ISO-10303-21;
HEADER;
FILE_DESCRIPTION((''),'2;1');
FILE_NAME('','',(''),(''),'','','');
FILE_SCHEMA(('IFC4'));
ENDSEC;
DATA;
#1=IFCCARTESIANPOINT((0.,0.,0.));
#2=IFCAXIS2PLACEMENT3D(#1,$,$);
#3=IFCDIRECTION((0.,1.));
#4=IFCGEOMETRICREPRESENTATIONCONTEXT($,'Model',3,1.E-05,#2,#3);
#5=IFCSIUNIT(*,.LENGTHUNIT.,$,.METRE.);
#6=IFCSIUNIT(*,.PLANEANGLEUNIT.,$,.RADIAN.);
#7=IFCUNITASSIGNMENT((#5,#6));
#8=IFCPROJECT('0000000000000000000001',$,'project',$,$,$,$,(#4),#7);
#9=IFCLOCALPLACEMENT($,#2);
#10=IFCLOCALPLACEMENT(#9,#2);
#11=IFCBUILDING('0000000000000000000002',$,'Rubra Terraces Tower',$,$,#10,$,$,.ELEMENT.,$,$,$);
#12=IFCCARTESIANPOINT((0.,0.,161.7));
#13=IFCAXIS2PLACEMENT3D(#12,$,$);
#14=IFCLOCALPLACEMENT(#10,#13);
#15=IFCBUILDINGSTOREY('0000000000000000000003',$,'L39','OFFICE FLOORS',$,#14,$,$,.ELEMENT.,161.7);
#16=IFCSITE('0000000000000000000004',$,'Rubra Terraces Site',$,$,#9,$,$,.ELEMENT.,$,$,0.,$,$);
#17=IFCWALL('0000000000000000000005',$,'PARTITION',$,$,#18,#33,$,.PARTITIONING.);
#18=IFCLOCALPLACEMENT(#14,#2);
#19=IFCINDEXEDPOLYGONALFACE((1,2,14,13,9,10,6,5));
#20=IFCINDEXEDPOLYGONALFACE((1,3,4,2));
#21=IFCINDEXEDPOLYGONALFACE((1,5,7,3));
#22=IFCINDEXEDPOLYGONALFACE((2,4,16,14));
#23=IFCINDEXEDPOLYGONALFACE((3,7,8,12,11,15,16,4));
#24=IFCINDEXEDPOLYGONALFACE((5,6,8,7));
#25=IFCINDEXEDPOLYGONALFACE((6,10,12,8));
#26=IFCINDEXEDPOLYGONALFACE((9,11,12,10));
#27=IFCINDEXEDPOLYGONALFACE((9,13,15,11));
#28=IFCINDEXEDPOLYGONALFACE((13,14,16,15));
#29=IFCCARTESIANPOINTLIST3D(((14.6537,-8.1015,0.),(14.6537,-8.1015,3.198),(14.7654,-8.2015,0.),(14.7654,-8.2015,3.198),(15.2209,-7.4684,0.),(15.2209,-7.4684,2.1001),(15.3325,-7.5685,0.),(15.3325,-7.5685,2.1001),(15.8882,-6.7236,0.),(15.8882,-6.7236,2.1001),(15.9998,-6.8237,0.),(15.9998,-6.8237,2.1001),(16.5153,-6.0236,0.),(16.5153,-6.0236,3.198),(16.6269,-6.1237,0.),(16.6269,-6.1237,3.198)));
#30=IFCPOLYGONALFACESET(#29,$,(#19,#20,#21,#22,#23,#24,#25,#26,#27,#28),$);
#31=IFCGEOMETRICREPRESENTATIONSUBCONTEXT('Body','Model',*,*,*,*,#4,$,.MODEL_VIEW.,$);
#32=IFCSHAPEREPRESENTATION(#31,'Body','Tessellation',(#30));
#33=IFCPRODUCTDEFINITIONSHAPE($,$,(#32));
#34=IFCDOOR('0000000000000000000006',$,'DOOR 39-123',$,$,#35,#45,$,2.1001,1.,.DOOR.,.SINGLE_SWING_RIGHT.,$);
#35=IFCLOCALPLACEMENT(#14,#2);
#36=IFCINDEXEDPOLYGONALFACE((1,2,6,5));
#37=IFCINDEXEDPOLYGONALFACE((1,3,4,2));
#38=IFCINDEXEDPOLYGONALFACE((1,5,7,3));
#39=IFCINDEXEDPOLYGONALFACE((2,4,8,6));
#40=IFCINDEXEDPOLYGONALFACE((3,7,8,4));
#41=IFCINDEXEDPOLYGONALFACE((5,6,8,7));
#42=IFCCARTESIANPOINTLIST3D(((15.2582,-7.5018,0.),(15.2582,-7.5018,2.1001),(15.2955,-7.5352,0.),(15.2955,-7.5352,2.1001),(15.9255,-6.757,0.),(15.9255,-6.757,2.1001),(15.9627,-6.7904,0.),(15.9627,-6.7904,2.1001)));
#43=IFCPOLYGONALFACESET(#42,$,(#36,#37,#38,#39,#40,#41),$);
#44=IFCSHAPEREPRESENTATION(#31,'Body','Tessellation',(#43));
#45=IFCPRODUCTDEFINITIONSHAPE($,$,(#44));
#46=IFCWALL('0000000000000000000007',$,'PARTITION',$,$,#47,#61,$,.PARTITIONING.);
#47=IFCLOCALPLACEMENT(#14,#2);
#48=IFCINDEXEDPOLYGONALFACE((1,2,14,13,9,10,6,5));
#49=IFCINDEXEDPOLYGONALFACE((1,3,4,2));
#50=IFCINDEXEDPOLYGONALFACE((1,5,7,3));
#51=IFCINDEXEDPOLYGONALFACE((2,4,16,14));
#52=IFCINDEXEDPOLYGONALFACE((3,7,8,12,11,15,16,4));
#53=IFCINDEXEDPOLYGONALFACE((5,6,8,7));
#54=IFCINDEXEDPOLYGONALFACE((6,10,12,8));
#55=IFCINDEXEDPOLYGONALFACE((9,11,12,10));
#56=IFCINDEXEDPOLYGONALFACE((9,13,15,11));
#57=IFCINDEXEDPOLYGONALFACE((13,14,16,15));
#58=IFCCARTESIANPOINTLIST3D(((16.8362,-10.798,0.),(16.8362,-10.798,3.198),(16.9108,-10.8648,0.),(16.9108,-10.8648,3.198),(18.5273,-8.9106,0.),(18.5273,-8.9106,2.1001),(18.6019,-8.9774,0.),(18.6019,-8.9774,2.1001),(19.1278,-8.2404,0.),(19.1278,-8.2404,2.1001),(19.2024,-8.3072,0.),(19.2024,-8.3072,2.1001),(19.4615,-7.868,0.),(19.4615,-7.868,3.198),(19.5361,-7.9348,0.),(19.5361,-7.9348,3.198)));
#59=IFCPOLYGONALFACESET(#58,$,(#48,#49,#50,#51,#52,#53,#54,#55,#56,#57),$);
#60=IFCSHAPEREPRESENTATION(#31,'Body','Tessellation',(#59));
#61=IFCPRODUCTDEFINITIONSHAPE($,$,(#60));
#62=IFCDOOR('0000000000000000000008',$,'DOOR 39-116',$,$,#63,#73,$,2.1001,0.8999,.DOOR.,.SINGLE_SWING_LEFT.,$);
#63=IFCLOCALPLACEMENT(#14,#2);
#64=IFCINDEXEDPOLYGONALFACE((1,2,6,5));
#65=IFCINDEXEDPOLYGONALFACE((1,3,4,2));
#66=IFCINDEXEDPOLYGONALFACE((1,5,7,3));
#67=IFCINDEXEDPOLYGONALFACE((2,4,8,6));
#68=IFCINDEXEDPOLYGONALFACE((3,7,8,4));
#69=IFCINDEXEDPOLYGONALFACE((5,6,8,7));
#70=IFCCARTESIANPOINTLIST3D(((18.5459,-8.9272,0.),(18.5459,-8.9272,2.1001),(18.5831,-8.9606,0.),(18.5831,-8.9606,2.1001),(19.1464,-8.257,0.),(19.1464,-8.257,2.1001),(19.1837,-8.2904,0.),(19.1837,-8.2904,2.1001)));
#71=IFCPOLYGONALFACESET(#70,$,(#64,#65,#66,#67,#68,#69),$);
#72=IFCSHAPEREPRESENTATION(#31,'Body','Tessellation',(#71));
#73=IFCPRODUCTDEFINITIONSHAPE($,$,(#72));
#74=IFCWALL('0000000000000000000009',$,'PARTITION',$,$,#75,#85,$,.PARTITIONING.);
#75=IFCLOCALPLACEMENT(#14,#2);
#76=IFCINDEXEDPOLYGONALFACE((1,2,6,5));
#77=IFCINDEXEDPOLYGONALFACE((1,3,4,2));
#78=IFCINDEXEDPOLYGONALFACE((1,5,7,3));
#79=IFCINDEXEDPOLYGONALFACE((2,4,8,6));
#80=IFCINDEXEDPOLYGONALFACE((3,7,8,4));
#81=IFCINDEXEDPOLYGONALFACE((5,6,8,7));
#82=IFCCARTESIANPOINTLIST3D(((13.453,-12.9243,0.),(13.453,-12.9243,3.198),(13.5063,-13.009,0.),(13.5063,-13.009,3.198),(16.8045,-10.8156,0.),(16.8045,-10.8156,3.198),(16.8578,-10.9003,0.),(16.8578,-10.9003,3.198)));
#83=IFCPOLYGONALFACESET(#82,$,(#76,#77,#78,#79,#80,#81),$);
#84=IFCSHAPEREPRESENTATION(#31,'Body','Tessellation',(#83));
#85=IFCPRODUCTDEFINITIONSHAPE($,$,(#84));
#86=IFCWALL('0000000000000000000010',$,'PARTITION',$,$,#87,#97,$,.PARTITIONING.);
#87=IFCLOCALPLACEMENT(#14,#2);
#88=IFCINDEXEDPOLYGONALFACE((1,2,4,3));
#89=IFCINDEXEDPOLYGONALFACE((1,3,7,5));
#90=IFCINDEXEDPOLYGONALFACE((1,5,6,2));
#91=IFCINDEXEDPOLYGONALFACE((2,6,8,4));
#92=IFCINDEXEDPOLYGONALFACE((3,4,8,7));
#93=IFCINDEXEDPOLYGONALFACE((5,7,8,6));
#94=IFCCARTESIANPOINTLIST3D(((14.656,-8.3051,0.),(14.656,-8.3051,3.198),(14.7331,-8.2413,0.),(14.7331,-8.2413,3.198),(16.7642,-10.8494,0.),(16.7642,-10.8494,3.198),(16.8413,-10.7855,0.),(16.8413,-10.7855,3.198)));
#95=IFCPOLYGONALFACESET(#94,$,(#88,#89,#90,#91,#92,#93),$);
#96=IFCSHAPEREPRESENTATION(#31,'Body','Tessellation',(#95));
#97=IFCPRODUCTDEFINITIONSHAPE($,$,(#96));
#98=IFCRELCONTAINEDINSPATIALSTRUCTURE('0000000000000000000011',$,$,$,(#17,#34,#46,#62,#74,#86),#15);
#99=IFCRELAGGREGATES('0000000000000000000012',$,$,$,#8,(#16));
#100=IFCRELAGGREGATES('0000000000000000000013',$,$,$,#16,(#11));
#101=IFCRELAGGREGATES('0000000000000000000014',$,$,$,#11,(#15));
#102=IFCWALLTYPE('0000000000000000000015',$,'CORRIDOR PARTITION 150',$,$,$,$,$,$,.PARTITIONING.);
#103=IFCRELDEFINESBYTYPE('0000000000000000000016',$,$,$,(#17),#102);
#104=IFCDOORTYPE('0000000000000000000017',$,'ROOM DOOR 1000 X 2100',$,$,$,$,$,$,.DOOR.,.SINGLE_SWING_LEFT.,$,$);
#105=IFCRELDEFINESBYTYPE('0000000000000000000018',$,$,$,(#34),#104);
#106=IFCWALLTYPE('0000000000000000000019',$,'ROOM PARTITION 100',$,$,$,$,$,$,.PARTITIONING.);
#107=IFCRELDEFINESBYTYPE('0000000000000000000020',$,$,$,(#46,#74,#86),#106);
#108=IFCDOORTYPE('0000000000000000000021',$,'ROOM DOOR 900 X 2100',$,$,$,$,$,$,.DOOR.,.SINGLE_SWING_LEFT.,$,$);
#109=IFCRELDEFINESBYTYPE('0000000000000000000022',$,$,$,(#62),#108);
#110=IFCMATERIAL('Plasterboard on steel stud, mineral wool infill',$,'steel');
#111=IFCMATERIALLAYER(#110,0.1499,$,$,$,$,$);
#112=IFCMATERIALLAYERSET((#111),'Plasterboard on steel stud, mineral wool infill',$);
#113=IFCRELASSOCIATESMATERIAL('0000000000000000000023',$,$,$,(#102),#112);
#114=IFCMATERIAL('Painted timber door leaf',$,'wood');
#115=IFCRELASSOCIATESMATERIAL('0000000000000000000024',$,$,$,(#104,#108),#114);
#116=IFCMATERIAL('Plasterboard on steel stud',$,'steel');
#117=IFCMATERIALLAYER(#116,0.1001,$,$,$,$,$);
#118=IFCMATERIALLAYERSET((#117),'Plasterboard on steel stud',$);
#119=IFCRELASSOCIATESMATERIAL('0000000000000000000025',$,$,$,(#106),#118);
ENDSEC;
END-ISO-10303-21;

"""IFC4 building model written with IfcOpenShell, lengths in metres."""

from ifc_helpers import new_model, si_unit, direction, frame, frame_2d, origin, place, context, subcontext, project, spatial, rectangle, extrude, material, layer, layer_set, type_object, element, fill, save


model = new_model("IFC4")

# Units and contexts
model_context = context("Model", 3, precision=1e-05, world=origin(), true_north=direction((0.0, 1.0)))
body_context = subcontext(model_context, "Body", "Model", "MODEL_VIEW")
ifc_project = project(units=[si_unit("LENGTHUNIT", "METRE"), si_unit("PLANEANGLEUNIT", "RADIAN")], contexts=[model_context])

# Site, building, storey
site_placement = place(None, origin())
site = spatial("IfcSite", under=ifc_project, at=site_placement, Name="Rubra Terraces Site", CompositionType="ELEMENT", RefElevation=0.0)
building_placement = place(site_placement, origin())
building = spatial("IfcBuilding", under=site, at=building_placement, Name="Rubra Terraces Tower", CompositionType="ELEMENT")
storey_placement = place(building_placement, frame((0.0, 0.0, 161.7)))
storey = spatial("IfcBuildingStorey", under=building, at=storey_placement, Name="L39", Description="OFFICE FLOORS", CompositionType="ELEMENT", Elevation=161.7)

# Walls, openings, doors
ifc_material_1 = material(Name="Plasterboard on steel stud, mineral wool infill", Category="steel")
ifc_layer_1 = layer(ifc_material_1, 0.1499)
ifc_layer_set_1 = layer_set([ifc_layer_1], Name="Plasterboard on steel stud, mineral wool infill")
wall_type_1 = type_object("IfcWallType", Name="CORRIDOR PARTITION 150", PredefinedType="PARTITIONING", material=ifc_layer_set_1)
wall_1_placement = place(storey_placement, frame((14.7095, -8.1516, 0.0), z_axis=(0.0, 0.0, 1.0), x_axis=(0.667276, 0.744811, 0.0)))
wall_1 = element("IfcWall", 1, at=wall_1_placement, inside=storey, type_object=wall_type_1, Name="PARTITION", PredefinedType="PARTITIONING", context=body_context, shape_type="SweptSolid", body=[
    extrude(rectangle(XDim=2.7898, YDim=0.1499, at=frame_2d((1.395, 0.0))), origin(), (0.0, 0.0, 1.0), 3.198),
])
opening_1_placement = place(wall_1_placement, frame((0.8501, 0.0, 0.0)))
opening_1 = element("IfcOpeningElement", 2, at=opening_1_placement, cuts=wall_1, PredefinedType="OPENING", context=body_context, shape_type="SweptSolid", body=[
    extrude(rectangle(XDim=1.0, YDim=2.1001, at=frame_2d((0.5, 1.05))), frame((0.0, 0.085, 0.0), z_axis=(0.0, -1.0, 0.0), x_axis=(1.0, 0.0, 0.0)), (0.0, 0.0, 1.0), 0.1699),
])
ifc_material_2 = material(Name="Painted timber door leaf", Category="wood")
door_type_1 = type_object("IfcDoorType", Name="ROOM DOOR 1000 X 2100", OperationType="SINGLE_SWING_LEFT", PredefinedType="DOOR", material=ifc_material_2)
door_1_placement = place(opening_1_placement, origin())
door_1 = element("IfcDoor", 3, at=door_1_placement, inside=storey, type_object=door_type_1, Name="DOOR 39-123", OperationType="SINGLE_SWING_RIGHT", OverallHeight=2.1001, OverallWidth=1.0, PredefinedType="DOOR", context=body_context, shape_type="SweptSolid", body=[
    extrude(rectangle(XDim=1.0, YDim=2.1001, at=frame_2d((0.5, 1.05))), frame((0.0, 0.0249, 0.0), z_axis=(0.0, -1.0, 0.0), x_axis=(1.0, 0.0, 0.0)), (0.0, 0.0, 1.0), 0.05),
])
fill(opening_1, door_1)
ifc_material_3 = material(Name="Plasterboard on steel stud", Category="steel")
ifc_layer_2 = layer(ifc_material_3, 0.1001)
ifc_layer_set_2 = layer_set([ifc_layer_2], Name="Plasterboard on steel stud")
wall_type_2 = type_object("IfcWallType", Name="ROOM PARTITION 100", PredefinedType="PARTITIONING", material=ifc_layer_set_2)
wall_2_placement = place(storey_placement, frame((19.4988, -7.9014, 0.0), z_axis=(0.0, 0.0, 1.0), x_axis=(-0.667321, -0.74477, 0.0)))
wall_2 = element("IfcWall", 4, at=wall_2_placement, inside=storey, type_object=wall_type_2, Name="PARTITION", PredefinedType="PARTITIONING", context=body_context, shape_type="SweptSolid", body=[
    extrude(rectangle(XDim=3.9341, YDim=0.1001, at=frame_2d((1.967, 0.0))), origin(), (0.0, 0.0, 1.0), 3.198),
])
opening_2_placement = place(wall_2_placement, frame((0.5, 0.0, 0.0)))
opening_2 = element("IfcOpeningElement", 5, at=opening_2_placement, cuts=wall_2, PredefinedType="OPENING", context=body_context, shape_type="SweptSolid", body=[
    extrude(rectangle(XDim=0.8999, YDim=2.1001, at=frame_2d((0.45, 1.05))), frame((0.0, 0.0601, 0.0), z_axis=(0.0, -1.0, 0.0), x_axis=(1.0, 0.0, 0.0)), (0.0, 0.0, 1.0), 0.1201),
])
door_type_2 = type_object("IfcDoorType", Name="ROOM DOOR 900 X 2100", OperationType="SINGLE_SWING_LEFT", PredefinedType="DOOR", material=ifc_material_2)
door_2_placement = place(opening_2_placement, origin())
door_2 = element("IfcDoor", 6, at=door_2_placement, inside=storey, type_object=door_type_2, Name="DOOR 39-116", OperationType="SINGLE_SWING_LEFT", OverallHeight=2.1001, OverallWidth=0.8999, PredefinedType="DOOR", context=body_context, shape_type="SweptSolid", body=[
    extrude(rectangle(XDim=0.8999, YDim=2.1001, at=frame_2d((0.45, 1.05))), frame((0.0, 0.0249, 0.0), z_axis=(0.0, -1.0, 0.0), x_axis=(1.0, 0.0, 0.0)), (0.0, 0.0, 1.0), 0.05),
])
fill(opening_2, door_2)

# Walls
wall_3_placement = place(storey_placement, frame((16.8313, -10.8579, 0.0), z_axis=(0.0, 0.0, 1.0), x_axis=(-0.846415, -0.532524, 0.0)))
element("IfcWall", 7, at=wall_3_placement, inside=storey, type_object=wall_type_2, Name="PARTITION", PredefinedType="PARTITIONING", context=body_context, shape_type="SweptSolid", body=[
    extrude(rectangle(XDim=3.9597, YDim=0.1001, at=frame_2d((1.98, 0.0))), origin(), (0.0, 0.0, 1.0), 3.198),
])
wall_4_placement = place(storey_placement, frame((14.6946, -8.2732, 0.0), z_axis=(0.0, 0.0, 1.0), x_axis=(0.638038, -0.770005, 0.0)))
element("IfcWall", 8, at=wall_4_placement, inside=storey, type_object=wall_type_2, Name="PARTITION", PredefinedType="PARTITIONING", context=body_context, shape_type="SweptSolid", body=[
    extrude(rectangle(XDim=3.3042, YDim=0.1001, at=frame_2d((1.6521, 0.0))), origin(), (0.0, 0.0, 1.0), 3.198),
])

save(model, "model.ifc")
